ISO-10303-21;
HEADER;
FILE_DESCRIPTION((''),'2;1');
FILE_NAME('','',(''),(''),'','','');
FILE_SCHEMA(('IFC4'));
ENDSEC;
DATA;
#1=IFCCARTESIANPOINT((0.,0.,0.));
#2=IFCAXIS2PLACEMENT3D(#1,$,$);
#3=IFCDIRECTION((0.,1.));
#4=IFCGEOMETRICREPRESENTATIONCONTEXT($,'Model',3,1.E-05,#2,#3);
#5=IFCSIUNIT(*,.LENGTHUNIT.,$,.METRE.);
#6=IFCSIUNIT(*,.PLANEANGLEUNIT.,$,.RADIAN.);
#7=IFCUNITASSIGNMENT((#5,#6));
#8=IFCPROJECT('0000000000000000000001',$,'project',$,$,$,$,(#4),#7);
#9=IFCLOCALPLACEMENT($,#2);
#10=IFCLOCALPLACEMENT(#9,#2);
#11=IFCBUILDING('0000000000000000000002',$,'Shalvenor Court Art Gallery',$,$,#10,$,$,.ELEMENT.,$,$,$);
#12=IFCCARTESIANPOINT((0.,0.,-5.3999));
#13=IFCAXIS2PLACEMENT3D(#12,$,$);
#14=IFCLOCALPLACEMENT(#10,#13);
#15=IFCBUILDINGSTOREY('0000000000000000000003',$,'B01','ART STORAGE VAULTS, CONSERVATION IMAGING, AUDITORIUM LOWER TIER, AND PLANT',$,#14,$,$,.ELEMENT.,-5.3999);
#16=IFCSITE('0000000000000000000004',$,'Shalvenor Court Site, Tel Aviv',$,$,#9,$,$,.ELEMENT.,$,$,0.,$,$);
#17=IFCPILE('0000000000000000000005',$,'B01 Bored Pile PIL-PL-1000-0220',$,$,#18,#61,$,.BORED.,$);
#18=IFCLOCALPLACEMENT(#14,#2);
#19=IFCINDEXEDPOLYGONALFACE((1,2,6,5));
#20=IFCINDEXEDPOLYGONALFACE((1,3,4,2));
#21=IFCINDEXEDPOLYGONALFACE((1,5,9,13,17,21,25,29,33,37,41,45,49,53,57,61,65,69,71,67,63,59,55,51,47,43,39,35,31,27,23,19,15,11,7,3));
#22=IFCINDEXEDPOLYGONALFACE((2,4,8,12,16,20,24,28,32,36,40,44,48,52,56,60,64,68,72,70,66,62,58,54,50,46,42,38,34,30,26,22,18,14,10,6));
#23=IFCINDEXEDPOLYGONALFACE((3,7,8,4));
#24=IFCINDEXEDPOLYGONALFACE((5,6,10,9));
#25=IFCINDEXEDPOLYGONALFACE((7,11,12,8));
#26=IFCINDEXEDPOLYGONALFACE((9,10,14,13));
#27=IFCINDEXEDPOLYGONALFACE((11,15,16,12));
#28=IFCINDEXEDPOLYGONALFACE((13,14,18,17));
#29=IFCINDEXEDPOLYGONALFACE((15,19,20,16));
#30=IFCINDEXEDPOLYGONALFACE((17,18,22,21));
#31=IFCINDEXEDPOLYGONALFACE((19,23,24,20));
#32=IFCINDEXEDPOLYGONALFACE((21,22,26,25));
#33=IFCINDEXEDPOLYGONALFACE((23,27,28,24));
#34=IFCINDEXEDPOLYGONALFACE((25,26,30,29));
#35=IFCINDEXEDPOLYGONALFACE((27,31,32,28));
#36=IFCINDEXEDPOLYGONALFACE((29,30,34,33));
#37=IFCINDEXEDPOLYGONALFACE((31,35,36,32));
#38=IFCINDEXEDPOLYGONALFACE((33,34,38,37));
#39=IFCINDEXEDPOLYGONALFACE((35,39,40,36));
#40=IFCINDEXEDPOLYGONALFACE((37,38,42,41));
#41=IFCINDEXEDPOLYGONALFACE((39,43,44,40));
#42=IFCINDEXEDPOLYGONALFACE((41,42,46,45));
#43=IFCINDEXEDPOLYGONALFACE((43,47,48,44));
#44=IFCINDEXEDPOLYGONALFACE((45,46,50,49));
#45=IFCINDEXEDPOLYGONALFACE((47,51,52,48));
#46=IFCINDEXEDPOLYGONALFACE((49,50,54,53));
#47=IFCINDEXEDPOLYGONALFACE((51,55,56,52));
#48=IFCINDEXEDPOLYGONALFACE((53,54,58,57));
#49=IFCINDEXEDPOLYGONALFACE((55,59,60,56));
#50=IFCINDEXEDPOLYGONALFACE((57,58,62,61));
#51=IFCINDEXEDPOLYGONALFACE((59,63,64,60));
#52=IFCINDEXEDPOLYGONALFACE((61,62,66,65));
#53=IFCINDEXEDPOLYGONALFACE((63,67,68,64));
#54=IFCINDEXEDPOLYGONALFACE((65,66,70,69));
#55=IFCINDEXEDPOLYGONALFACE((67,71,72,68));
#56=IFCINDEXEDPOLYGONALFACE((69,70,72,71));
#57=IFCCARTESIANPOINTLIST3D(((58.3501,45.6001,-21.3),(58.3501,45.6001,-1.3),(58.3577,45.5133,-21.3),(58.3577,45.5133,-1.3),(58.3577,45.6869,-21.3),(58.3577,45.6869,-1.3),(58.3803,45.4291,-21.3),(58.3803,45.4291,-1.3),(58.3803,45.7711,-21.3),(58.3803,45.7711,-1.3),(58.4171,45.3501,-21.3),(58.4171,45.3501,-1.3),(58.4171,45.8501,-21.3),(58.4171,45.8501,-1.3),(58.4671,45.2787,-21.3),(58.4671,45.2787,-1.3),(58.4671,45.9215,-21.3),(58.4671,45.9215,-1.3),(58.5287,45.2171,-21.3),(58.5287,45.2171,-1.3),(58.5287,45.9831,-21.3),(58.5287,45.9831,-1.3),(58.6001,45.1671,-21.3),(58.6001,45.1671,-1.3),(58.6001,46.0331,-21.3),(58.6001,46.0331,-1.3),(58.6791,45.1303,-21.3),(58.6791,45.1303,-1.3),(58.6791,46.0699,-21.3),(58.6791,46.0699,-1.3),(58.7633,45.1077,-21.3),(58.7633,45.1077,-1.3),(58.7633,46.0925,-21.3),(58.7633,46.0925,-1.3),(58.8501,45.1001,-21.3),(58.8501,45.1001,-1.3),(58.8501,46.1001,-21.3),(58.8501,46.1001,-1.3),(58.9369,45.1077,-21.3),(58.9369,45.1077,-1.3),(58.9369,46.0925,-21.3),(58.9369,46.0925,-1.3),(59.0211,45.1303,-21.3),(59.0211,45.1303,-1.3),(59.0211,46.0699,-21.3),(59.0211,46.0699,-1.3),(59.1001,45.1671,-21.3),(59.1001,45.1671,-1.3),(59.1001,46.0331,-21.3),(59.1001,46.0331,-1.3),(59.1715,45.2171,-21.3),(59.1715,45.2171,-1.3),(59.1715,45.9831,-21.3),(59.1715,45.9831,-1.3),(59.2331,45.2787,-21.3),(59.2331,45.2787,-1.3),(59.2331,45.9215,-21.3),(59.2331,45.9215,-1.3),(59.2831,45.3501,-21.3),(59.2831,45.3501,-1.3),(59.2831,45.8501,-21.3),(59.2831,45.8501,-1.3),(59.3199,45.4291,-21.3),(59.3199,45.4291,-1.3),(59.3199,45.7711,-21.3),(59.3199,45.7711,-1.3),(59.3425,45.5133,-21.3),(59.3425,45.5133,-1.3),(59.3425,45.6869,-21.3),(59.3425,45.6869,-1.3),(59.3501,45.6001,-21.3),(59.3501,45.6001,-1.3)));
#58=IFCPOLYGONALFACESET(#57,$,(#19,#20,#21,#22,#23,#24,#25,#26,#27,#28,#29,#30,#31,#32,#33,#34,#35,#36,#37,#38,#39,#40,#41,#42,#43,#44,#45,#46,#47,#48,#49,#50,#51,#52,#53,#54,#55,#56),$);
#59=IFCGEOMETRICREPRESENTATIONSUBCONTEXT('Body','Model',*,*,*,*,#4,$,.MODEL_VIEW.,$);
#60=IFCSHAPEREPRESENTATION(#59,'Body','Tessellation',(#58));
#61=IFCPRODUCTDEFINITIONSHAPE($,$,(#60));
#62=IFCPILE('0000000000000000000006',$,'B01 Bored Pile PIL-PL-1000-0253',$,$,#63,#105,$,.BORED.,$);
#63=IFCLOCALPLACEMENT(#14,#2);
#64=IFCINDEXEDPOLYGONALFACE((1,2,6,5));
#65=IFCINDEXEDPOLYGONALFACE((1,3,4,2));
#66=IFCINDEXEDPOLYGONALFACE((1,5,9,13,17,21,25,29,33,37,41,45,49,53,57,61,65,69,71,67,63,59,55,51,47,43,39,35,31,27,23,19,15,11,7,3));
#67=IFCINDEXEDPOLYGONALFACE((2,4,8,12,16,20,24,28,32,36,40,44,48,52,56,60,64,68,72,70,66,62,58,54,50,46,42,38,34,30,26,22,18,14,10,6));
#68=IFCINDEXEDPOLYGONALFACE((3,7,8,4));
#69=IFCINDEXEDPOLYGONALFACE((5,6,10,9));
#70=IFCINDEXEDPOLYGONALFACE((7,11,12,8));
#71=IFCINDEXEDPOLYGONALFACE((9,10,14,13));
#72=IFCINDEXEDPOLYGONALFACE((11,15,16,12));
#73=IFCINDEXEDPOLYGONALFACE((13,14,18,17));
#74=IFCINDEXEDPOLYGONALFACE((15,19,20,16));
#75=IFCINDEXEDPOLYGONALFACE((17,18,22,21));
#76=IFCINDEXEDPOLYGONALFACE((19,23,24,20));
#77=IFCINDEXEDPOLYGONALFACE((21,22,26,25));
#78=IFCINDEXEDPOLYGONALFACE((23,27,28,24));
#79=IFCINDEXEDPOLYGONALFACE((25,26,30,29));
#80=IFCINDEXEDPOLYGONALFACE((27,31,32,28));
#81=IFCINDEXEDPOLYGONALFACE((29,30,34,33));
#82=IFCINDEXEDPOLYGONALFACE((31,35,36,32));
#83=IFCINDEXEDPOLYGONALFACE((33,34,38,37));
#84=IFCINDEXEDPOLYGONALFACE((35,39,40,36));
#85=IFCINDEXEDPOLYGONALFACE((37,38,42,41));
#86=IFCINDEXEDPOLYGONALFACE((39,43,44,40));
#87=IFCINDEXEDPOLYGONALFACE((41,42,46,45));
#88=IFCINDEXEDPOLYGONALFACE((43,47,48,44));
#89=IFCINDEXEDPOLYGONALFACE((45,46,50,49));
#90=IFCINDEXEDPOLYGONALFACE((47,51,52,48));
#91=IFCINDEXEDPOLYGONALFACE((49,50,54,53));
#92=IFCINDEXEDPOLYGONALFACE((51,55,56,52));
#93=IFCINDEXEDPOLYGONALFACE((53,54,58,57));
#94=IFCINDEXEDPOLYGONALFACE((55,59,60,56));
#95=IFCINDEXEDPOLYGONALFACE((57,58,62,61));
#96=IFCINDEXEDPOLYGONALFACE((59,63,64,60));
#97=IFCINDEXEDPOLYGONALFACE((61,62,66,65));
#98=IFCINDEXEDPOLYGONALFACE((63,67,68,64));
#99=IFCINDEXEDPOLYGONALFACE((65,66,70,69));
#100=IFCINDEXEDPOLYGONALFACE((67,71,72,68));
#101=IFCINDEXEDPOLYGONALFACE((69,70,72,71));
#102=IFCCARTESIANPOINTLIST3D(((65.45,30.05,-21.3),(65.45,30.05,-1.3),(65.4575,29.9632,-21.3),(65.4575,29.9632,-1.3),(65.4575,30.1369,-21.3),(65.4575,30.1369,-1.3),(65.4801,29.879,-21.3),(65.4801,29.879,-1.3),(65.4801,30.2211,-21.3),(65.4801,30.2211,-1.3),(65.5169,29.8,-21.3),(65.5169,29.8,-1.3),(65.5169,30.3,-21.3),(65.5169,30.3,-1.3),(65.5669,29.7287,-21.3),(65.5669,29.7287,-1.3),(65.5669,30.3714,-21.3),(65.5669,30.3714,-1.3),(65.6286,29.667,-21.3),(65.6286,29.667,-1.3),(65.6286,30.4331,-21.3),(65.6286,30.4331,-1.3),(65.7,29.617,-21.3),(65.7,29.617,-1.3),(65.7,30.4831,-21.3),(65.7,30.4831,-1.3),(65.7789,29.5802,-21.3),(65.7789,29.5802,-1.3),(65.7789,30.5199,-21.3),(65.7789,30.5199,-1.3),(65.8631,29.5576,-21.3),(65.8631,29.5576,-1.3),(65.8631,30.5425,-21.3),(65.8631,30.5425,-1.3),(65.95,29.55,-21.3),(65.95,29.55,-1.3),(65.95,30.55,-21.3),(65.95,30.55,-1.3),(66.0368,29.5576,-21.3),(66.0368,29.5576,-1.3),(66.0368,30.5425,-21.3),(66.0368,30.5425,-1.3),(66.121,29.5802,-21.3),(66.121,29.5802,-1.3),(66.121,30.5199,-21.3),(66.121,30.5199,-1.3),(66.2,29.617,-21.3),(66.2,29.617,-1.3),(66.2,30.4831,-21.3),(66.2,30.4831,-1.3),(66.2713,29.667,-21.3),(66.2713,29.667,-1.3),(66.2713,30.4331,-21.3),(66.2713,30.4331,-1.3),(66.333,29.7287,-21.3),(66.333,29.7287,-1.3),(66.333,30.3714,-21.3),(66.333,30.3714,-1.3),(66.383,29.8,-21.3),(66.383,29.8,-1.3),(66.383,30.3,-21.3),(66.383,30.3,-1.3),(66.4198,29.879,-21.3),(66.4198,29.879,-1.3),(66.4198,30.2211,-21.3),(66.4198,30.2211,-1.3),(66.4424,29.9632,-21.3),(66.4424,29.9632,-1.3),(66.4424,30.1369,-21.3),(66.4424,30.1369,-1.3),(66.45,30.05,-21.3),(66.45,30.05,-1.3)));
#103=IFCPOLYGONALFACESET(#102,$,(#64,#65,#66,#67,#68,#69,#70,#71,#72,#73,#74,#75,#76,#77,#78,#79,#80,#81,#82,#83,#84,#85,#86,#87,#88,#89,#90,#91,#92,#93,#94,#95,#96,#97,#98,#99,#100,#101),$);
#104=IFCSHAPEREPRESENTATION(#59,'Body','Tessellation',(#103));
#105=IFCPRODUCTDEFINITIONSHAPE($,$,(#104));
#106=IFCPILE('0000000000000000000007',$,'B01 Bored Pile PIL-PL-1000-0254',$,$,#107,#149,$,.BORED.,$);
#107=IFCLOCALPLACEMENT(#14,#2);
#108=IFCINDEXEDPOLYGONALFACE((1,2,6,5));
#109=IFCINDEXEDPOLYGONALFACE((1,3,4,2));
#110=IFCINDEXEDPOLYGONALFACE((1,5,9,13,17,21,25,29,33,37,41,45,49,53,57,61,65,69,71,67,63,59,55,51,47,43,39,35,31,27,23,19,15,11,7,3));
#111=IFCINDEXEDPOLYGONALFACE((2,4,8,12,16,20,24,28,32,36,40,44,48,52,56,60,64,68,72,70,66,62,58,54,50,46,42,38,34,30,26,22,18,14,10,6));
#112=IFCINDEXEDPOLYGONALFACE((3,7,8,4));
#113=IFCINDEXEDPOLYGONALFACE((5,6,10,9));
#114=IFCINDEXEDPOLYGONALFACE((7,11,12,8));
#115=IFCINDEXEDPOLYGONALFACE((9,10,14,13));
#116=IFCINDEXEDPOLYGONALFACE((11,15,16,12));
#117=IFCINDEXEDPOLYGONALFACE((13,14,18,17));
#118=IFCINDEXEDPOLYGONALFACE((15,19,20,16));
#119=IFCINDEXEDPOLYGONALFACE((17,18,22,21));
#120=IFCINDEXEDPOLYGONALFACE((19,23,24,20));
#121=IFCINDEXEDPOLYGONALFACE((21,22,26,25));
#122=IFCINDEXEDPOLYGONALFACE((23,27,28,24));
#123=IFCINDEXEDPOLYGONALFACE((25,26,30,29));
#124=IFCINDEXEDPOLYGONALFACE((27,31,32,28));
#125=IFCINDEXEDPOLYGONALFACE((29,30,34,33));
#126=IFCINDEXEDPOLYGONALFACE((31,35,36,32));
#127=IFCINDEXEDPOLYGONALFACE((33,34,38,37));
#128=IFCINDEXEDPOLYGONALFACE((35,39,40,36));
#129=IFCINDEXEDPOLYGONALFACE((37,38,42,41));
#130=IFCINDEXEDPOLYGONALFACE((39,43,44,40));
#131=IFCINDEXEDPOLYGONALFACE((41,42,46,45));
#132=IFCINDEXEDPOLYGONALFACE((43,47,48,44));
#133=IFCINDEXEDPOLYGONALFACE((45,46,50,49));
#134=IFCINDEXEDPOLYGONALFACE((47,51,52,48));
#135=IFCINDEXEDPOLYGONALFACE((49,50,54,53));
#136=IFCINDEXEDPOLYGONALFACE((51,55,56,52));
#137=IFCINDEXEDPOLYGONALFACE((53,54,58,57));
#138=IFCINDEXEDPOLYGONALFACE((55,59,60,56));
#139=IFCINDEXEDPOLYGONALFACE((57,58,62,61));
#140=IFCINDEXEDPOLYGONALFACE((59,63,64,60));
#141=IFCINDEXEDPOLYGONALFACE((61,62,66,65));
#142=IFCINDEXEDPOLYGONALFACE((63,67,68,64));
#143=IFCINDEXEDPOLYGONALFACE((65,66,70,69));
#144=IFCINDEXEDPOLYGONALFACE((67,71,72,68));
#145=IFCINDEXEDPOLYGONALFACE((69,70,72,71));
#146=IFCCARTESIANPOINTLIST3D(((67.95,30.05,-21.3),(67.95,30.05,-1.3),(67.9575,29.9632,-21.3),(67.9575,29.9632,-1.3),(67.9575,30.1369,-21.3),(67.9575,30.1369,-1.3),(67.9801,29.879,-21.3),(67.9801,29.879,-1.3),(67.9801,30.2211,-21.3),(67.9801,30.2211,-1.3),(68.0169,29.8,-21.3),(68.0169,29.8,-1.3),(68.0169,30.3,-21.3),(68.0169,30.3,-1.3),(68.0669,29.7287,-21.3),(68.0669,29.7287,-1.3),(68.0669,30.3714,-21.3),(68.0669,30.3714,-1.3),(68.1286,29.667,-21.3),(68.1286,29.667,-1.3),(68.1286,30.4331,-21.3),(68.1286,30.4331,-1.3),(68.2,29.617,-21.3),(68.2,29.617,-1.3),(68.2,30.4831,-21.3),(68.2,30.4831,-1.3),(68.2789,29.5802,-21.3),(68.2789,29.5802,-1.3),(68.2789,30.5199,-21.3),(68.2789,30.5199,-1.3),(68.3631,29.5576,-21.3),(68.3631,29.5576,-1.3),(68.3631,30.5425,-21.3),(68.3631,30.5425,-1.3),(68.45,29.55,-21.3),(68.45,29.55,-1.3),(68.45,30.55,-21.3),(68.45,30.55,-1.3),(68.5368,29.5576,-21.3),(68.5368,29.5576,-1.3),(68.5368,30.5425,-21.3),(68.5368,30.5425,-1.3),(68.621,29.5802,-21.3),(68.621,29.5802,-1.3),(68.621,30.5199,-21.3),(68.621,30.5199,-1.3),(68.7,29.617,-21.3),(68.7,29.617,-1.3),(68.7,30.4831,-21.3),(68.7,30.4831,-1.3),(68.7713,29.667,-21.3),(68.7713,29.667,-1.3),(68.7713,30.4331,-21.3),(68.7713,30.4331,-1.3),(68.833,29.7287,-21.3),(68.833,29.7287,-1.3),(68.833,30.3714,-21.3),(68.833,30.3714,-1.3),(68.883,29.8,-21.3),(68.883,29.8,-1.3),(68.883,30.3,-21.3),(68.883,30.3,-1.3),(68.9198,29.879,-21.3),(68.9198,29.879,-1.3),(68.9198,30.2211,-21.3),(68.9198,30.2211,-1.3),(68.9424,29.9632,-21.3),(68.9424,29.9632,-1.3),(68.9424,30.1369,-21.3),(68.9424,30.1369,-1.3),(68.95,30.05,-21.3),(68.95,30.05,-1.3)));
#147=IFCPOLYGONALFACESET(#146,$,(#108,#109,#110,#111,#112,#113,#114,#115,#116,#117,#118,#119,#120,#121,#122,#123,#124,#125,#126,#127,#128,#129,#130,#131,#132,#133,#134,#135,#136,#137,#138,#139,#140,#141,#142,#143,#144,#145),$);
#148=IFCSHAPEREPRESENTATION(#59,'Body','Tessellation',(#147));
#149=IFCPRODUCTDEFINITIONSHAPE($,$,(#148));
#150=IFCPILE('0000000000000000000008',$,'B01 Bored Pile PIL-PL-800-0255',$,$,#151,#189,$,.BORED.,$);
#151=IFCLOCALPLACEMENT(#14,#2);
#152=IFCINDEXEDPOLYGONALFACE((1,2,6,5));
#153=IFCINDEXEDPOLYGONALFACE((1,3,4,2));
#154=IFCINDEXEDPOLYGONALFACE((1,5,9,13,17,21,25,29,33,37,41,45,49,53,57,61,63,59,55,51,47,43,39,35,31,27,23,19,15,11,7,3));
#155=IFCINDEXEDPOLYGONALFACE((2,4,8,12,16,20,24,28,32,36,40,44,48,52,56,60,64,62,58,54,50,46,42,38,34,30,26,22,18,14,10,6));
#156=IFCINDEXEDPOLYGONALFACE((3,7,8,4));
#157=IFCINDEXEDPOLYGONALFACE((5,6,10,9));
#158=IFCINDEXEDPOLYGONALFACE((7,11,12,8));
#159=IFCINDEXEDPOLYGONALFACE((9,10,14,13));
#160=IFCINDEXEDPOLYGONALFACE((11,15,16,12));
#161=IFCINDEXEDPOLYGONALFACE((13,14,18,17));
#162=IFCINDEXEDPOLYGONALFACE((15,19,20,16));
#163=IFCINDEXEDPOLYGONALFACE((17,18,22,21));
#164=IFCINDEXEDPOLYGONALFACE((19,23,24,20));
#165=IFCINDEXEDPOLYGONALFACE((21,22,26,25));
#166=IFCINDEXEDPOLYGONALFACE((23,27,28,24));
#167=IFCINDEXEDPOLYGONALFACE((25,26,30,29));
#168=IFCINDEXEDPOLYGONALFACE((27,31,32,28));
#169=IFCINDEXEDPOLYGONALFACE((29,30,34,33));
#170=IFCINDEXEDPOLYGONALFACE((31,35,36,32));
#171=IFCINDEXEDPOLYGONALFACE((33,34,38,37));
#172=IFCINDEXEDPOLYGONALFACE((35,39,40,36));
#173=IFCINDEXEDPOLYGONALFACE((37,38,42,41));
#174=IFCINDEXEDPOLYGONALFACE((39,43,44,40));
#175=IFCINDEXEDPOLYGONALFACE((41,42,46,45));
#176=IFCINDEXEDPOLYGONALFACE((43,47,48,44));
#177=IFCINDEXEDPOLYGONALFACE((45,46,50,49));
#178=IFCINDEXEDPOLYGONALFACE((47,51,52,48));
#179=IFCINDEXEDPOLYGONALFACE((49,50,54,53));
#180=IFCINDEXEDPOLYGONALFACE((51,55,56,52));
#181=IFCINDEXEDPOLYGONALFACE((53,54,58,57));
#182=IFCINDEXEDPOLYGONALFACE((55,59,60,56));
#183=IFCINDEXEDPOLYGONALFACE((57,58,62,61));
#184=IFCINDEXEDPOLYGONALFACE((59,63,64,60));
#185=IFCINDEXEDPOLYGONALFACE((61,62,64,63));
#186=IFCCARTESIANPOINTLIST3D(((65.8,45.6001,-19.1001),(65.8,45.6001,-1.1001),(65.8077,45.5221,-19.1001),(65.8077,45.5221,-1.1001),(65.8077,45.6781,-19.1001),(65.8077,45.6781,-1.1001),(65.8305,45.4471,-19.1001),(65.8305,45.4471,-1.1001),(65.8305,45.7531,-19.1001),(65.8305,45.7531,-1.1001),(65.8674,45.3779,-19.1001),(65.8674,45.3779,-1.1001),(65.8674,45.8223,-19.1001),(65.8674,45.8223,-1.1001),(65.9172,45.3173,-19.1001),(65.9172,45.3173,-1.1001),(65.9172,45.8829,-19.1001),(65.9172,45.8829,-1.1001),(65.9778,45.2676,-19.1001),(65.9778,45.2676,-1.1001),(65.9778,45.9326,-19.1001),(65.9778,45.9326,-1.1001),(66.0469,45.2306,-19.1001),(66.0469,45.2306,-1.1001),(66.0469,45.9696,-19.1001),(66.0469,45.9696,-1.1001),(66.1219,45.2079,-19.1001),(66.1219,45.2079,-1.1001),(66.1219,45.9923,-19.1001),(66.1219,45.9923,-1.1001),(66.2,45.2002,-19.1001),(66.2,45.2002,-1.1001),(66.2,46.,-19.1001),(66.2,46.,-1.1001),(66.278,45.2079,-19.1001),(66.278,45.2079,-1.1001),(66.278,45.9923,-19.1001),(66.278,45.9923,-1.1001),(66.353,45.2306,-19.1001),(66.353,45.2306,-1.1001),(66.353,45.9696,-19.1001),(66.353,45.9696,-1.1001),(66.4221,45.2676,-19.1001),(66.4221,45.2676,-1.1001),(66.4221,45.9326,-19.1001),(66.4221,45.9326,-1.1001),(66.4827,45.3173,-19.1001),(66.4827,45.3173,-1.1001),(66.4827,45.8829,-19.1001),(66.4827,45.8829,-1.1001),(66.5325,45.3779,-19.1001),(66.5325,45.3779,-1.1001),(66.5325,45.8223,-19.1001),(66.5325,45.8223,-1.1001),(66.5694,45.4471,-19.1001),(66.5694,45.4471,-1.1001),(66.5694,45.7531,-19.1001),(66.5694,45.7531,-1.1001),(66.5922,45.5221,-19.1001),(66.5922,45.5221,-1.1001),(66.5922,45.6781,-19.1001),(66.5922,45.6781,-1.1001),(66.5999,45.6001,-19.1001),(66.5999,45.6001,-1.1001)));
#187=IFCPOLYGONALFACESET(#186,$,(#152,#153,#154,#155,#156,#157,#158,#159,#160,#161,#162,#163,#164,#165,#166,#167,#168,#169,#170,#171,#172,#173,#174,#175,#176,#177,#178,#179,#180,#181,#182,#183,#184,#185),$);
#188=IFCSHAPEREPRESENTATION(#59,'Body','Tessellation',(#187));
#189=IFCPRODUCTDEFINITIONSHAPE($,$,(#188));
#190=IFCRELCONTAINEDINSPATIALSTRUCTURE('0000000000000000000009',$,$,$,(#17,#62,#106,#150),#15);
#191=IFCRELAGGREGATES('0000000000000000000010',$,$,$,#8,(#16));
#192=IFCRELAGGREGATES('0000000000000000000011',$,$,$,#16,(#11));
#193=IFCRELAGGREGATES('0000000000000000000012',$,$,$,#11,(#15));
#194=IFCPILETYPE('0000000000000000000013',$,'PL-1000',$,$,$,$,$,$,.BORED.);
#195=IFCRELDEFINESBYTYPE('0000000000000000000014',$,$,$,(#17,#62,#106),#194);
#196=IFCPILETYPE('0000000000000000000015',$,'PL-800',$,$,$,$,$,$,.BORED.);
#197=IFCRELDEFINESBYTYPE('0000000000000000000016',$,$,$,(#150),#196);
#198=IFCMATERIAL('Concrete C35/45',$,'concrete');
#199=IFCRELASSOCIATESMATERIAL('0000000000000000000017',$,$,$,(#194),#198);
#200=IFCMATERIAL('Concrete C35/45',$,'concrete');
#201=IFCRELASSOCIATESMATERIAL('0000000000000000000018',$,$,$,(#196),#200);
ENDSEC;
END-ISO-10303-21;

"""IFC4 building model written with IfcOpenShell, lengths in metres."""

from ifc_helpers import new_model, si_unit, direction, frame, origin, origin_2d, place, context, subcontext, project, spatial, circle, extrude, material, material_profile, profile_set, type_object, element, save


model = new_model("IFC4")

# Units and contexts
model_context = context("Model", 3, precision=1e-05, world=origin(), true_north=direction((0.0, 1.0)))
body_context = subcontext(model_context, "Body", "Model", "MODEL_VIEW")
ifc_project = project(units=[si_unit("LENGTHUNIT", "METRE"), si_unit("PLANEANGLEUNIT", "RADIAN")], contexts=[model_context])

# Site, building, storey
site_placement = place(None, origin())
site = spatial("IfcSite", under=ifc_project, at=site_placement, Name="Shalvenor Court Site, Tel Aviv", CompositionType="ELEMENT", RefElevation=0.0)
building_placement = place(site_placement, origin())
building = spatial("IfcBuilding", under=site, at=building_placement, Name="Shalvenor Court Art Gallery", CompositionType="ELEMENT")
storey_placement = place(building_placement, frame((0.0, 0.0, -5.3999)))
storey = spatial("IfcBuildingStorey", under=building, at=storey_placement, Name="B01", Description="ART STORAGE VAULTS, CONSERVATION IMAGING, AUDITORIUM LOWER TIER, AND PLANT", CompositionType="ELEMENT", Elevation=-5.3999)

# Piles
ifc_material_1 = material(Name="Concrete C35/45", Category="concrete")
ifc_material_profile_1 = material_profile(ifc_material_1, circle(Radius=0.5, at=origin_2d()), Name="PILE 1000")
ifc_profile_set_1 = profile_set([ifc_material_profile_1], Name="Concrete C35/45")
pile_type_1 = type_object("IfcPileType", Name="PL-1000", PredefinedType="BORED", material=ifc_profile_set_1)
for number, where, z_axis, x_axis, name in (
    (1, (58.8501, 45.6001, -1.3), (0.0, 0.0, -1.0), (1.0, 0.0, 0.0), "B01 Bored Pile PIL-PL-1000-0220"),
    (2, (65.95, 30.05, -1.3), (0.0, 0.0, -1.0), (1.0, 0.0, 0.0), "B01 Bored Pile PIL-PL-1000-0253"),
    (3, (68.45, 30.05, -1.3), (0.0, 0.0, -1.0), (1.0, 0.0, 0.0), "B01 Bored Pile PIL-PL-1000-0254"),
):
    element("IfcPile", number, at=place(storey_placement, frame(where, z_axis=z_axis, x_axis=x_axis)), inside=storey, type_object=pile_type_1, Name=name, PredefinedType="BORED", context=body_context, shape_type="SweptSolid", body=[
        extrude(circle(Radius=0.5, at=origin_2d()), origin(), (0.0, 0.0, 1.0), 20.0),
    ])
ifc_material_2 = material(Name="Concrete C35/45", Category="concrete")
ifc_material_profile_2 = material_profile(ifc_material_2, circle(Radius=0.3999, at=origin_2d()), Name="PILE 800")
ifc_profile_set_2 = profile_set([ifc_material_profile_2], Name="Concrete C35/45")
pile_type_2 = type_object("IfcPileType", Name="PL-800", PredefinedType="BORED", material=ifc_profile_set_2)
for number, where, z_axis, x_axis, name in (
    (4, (66.2, 45.6001, -1.1001), (0.0, 0.0, -1.0), (1.0, 0.0, 0.0), "B01 Bored Pile PIL-PL-800-0255"),
):
    element("IfcPile", number, at=place(storey_placement, frame(where, z_axis=z_axis, x_axis=x_axis)), inside=storey, type_object=pile_type_2, Name=name, PredefinedType="BORED", context=body_context, shape_type="SweptSolid", body=[
        extrude(circle(Radius=0.3999, at=origin_2d()), origin(), (0.0, 0.0, 1.0), 18.0),
    ])

save(model, "model.ifc")
